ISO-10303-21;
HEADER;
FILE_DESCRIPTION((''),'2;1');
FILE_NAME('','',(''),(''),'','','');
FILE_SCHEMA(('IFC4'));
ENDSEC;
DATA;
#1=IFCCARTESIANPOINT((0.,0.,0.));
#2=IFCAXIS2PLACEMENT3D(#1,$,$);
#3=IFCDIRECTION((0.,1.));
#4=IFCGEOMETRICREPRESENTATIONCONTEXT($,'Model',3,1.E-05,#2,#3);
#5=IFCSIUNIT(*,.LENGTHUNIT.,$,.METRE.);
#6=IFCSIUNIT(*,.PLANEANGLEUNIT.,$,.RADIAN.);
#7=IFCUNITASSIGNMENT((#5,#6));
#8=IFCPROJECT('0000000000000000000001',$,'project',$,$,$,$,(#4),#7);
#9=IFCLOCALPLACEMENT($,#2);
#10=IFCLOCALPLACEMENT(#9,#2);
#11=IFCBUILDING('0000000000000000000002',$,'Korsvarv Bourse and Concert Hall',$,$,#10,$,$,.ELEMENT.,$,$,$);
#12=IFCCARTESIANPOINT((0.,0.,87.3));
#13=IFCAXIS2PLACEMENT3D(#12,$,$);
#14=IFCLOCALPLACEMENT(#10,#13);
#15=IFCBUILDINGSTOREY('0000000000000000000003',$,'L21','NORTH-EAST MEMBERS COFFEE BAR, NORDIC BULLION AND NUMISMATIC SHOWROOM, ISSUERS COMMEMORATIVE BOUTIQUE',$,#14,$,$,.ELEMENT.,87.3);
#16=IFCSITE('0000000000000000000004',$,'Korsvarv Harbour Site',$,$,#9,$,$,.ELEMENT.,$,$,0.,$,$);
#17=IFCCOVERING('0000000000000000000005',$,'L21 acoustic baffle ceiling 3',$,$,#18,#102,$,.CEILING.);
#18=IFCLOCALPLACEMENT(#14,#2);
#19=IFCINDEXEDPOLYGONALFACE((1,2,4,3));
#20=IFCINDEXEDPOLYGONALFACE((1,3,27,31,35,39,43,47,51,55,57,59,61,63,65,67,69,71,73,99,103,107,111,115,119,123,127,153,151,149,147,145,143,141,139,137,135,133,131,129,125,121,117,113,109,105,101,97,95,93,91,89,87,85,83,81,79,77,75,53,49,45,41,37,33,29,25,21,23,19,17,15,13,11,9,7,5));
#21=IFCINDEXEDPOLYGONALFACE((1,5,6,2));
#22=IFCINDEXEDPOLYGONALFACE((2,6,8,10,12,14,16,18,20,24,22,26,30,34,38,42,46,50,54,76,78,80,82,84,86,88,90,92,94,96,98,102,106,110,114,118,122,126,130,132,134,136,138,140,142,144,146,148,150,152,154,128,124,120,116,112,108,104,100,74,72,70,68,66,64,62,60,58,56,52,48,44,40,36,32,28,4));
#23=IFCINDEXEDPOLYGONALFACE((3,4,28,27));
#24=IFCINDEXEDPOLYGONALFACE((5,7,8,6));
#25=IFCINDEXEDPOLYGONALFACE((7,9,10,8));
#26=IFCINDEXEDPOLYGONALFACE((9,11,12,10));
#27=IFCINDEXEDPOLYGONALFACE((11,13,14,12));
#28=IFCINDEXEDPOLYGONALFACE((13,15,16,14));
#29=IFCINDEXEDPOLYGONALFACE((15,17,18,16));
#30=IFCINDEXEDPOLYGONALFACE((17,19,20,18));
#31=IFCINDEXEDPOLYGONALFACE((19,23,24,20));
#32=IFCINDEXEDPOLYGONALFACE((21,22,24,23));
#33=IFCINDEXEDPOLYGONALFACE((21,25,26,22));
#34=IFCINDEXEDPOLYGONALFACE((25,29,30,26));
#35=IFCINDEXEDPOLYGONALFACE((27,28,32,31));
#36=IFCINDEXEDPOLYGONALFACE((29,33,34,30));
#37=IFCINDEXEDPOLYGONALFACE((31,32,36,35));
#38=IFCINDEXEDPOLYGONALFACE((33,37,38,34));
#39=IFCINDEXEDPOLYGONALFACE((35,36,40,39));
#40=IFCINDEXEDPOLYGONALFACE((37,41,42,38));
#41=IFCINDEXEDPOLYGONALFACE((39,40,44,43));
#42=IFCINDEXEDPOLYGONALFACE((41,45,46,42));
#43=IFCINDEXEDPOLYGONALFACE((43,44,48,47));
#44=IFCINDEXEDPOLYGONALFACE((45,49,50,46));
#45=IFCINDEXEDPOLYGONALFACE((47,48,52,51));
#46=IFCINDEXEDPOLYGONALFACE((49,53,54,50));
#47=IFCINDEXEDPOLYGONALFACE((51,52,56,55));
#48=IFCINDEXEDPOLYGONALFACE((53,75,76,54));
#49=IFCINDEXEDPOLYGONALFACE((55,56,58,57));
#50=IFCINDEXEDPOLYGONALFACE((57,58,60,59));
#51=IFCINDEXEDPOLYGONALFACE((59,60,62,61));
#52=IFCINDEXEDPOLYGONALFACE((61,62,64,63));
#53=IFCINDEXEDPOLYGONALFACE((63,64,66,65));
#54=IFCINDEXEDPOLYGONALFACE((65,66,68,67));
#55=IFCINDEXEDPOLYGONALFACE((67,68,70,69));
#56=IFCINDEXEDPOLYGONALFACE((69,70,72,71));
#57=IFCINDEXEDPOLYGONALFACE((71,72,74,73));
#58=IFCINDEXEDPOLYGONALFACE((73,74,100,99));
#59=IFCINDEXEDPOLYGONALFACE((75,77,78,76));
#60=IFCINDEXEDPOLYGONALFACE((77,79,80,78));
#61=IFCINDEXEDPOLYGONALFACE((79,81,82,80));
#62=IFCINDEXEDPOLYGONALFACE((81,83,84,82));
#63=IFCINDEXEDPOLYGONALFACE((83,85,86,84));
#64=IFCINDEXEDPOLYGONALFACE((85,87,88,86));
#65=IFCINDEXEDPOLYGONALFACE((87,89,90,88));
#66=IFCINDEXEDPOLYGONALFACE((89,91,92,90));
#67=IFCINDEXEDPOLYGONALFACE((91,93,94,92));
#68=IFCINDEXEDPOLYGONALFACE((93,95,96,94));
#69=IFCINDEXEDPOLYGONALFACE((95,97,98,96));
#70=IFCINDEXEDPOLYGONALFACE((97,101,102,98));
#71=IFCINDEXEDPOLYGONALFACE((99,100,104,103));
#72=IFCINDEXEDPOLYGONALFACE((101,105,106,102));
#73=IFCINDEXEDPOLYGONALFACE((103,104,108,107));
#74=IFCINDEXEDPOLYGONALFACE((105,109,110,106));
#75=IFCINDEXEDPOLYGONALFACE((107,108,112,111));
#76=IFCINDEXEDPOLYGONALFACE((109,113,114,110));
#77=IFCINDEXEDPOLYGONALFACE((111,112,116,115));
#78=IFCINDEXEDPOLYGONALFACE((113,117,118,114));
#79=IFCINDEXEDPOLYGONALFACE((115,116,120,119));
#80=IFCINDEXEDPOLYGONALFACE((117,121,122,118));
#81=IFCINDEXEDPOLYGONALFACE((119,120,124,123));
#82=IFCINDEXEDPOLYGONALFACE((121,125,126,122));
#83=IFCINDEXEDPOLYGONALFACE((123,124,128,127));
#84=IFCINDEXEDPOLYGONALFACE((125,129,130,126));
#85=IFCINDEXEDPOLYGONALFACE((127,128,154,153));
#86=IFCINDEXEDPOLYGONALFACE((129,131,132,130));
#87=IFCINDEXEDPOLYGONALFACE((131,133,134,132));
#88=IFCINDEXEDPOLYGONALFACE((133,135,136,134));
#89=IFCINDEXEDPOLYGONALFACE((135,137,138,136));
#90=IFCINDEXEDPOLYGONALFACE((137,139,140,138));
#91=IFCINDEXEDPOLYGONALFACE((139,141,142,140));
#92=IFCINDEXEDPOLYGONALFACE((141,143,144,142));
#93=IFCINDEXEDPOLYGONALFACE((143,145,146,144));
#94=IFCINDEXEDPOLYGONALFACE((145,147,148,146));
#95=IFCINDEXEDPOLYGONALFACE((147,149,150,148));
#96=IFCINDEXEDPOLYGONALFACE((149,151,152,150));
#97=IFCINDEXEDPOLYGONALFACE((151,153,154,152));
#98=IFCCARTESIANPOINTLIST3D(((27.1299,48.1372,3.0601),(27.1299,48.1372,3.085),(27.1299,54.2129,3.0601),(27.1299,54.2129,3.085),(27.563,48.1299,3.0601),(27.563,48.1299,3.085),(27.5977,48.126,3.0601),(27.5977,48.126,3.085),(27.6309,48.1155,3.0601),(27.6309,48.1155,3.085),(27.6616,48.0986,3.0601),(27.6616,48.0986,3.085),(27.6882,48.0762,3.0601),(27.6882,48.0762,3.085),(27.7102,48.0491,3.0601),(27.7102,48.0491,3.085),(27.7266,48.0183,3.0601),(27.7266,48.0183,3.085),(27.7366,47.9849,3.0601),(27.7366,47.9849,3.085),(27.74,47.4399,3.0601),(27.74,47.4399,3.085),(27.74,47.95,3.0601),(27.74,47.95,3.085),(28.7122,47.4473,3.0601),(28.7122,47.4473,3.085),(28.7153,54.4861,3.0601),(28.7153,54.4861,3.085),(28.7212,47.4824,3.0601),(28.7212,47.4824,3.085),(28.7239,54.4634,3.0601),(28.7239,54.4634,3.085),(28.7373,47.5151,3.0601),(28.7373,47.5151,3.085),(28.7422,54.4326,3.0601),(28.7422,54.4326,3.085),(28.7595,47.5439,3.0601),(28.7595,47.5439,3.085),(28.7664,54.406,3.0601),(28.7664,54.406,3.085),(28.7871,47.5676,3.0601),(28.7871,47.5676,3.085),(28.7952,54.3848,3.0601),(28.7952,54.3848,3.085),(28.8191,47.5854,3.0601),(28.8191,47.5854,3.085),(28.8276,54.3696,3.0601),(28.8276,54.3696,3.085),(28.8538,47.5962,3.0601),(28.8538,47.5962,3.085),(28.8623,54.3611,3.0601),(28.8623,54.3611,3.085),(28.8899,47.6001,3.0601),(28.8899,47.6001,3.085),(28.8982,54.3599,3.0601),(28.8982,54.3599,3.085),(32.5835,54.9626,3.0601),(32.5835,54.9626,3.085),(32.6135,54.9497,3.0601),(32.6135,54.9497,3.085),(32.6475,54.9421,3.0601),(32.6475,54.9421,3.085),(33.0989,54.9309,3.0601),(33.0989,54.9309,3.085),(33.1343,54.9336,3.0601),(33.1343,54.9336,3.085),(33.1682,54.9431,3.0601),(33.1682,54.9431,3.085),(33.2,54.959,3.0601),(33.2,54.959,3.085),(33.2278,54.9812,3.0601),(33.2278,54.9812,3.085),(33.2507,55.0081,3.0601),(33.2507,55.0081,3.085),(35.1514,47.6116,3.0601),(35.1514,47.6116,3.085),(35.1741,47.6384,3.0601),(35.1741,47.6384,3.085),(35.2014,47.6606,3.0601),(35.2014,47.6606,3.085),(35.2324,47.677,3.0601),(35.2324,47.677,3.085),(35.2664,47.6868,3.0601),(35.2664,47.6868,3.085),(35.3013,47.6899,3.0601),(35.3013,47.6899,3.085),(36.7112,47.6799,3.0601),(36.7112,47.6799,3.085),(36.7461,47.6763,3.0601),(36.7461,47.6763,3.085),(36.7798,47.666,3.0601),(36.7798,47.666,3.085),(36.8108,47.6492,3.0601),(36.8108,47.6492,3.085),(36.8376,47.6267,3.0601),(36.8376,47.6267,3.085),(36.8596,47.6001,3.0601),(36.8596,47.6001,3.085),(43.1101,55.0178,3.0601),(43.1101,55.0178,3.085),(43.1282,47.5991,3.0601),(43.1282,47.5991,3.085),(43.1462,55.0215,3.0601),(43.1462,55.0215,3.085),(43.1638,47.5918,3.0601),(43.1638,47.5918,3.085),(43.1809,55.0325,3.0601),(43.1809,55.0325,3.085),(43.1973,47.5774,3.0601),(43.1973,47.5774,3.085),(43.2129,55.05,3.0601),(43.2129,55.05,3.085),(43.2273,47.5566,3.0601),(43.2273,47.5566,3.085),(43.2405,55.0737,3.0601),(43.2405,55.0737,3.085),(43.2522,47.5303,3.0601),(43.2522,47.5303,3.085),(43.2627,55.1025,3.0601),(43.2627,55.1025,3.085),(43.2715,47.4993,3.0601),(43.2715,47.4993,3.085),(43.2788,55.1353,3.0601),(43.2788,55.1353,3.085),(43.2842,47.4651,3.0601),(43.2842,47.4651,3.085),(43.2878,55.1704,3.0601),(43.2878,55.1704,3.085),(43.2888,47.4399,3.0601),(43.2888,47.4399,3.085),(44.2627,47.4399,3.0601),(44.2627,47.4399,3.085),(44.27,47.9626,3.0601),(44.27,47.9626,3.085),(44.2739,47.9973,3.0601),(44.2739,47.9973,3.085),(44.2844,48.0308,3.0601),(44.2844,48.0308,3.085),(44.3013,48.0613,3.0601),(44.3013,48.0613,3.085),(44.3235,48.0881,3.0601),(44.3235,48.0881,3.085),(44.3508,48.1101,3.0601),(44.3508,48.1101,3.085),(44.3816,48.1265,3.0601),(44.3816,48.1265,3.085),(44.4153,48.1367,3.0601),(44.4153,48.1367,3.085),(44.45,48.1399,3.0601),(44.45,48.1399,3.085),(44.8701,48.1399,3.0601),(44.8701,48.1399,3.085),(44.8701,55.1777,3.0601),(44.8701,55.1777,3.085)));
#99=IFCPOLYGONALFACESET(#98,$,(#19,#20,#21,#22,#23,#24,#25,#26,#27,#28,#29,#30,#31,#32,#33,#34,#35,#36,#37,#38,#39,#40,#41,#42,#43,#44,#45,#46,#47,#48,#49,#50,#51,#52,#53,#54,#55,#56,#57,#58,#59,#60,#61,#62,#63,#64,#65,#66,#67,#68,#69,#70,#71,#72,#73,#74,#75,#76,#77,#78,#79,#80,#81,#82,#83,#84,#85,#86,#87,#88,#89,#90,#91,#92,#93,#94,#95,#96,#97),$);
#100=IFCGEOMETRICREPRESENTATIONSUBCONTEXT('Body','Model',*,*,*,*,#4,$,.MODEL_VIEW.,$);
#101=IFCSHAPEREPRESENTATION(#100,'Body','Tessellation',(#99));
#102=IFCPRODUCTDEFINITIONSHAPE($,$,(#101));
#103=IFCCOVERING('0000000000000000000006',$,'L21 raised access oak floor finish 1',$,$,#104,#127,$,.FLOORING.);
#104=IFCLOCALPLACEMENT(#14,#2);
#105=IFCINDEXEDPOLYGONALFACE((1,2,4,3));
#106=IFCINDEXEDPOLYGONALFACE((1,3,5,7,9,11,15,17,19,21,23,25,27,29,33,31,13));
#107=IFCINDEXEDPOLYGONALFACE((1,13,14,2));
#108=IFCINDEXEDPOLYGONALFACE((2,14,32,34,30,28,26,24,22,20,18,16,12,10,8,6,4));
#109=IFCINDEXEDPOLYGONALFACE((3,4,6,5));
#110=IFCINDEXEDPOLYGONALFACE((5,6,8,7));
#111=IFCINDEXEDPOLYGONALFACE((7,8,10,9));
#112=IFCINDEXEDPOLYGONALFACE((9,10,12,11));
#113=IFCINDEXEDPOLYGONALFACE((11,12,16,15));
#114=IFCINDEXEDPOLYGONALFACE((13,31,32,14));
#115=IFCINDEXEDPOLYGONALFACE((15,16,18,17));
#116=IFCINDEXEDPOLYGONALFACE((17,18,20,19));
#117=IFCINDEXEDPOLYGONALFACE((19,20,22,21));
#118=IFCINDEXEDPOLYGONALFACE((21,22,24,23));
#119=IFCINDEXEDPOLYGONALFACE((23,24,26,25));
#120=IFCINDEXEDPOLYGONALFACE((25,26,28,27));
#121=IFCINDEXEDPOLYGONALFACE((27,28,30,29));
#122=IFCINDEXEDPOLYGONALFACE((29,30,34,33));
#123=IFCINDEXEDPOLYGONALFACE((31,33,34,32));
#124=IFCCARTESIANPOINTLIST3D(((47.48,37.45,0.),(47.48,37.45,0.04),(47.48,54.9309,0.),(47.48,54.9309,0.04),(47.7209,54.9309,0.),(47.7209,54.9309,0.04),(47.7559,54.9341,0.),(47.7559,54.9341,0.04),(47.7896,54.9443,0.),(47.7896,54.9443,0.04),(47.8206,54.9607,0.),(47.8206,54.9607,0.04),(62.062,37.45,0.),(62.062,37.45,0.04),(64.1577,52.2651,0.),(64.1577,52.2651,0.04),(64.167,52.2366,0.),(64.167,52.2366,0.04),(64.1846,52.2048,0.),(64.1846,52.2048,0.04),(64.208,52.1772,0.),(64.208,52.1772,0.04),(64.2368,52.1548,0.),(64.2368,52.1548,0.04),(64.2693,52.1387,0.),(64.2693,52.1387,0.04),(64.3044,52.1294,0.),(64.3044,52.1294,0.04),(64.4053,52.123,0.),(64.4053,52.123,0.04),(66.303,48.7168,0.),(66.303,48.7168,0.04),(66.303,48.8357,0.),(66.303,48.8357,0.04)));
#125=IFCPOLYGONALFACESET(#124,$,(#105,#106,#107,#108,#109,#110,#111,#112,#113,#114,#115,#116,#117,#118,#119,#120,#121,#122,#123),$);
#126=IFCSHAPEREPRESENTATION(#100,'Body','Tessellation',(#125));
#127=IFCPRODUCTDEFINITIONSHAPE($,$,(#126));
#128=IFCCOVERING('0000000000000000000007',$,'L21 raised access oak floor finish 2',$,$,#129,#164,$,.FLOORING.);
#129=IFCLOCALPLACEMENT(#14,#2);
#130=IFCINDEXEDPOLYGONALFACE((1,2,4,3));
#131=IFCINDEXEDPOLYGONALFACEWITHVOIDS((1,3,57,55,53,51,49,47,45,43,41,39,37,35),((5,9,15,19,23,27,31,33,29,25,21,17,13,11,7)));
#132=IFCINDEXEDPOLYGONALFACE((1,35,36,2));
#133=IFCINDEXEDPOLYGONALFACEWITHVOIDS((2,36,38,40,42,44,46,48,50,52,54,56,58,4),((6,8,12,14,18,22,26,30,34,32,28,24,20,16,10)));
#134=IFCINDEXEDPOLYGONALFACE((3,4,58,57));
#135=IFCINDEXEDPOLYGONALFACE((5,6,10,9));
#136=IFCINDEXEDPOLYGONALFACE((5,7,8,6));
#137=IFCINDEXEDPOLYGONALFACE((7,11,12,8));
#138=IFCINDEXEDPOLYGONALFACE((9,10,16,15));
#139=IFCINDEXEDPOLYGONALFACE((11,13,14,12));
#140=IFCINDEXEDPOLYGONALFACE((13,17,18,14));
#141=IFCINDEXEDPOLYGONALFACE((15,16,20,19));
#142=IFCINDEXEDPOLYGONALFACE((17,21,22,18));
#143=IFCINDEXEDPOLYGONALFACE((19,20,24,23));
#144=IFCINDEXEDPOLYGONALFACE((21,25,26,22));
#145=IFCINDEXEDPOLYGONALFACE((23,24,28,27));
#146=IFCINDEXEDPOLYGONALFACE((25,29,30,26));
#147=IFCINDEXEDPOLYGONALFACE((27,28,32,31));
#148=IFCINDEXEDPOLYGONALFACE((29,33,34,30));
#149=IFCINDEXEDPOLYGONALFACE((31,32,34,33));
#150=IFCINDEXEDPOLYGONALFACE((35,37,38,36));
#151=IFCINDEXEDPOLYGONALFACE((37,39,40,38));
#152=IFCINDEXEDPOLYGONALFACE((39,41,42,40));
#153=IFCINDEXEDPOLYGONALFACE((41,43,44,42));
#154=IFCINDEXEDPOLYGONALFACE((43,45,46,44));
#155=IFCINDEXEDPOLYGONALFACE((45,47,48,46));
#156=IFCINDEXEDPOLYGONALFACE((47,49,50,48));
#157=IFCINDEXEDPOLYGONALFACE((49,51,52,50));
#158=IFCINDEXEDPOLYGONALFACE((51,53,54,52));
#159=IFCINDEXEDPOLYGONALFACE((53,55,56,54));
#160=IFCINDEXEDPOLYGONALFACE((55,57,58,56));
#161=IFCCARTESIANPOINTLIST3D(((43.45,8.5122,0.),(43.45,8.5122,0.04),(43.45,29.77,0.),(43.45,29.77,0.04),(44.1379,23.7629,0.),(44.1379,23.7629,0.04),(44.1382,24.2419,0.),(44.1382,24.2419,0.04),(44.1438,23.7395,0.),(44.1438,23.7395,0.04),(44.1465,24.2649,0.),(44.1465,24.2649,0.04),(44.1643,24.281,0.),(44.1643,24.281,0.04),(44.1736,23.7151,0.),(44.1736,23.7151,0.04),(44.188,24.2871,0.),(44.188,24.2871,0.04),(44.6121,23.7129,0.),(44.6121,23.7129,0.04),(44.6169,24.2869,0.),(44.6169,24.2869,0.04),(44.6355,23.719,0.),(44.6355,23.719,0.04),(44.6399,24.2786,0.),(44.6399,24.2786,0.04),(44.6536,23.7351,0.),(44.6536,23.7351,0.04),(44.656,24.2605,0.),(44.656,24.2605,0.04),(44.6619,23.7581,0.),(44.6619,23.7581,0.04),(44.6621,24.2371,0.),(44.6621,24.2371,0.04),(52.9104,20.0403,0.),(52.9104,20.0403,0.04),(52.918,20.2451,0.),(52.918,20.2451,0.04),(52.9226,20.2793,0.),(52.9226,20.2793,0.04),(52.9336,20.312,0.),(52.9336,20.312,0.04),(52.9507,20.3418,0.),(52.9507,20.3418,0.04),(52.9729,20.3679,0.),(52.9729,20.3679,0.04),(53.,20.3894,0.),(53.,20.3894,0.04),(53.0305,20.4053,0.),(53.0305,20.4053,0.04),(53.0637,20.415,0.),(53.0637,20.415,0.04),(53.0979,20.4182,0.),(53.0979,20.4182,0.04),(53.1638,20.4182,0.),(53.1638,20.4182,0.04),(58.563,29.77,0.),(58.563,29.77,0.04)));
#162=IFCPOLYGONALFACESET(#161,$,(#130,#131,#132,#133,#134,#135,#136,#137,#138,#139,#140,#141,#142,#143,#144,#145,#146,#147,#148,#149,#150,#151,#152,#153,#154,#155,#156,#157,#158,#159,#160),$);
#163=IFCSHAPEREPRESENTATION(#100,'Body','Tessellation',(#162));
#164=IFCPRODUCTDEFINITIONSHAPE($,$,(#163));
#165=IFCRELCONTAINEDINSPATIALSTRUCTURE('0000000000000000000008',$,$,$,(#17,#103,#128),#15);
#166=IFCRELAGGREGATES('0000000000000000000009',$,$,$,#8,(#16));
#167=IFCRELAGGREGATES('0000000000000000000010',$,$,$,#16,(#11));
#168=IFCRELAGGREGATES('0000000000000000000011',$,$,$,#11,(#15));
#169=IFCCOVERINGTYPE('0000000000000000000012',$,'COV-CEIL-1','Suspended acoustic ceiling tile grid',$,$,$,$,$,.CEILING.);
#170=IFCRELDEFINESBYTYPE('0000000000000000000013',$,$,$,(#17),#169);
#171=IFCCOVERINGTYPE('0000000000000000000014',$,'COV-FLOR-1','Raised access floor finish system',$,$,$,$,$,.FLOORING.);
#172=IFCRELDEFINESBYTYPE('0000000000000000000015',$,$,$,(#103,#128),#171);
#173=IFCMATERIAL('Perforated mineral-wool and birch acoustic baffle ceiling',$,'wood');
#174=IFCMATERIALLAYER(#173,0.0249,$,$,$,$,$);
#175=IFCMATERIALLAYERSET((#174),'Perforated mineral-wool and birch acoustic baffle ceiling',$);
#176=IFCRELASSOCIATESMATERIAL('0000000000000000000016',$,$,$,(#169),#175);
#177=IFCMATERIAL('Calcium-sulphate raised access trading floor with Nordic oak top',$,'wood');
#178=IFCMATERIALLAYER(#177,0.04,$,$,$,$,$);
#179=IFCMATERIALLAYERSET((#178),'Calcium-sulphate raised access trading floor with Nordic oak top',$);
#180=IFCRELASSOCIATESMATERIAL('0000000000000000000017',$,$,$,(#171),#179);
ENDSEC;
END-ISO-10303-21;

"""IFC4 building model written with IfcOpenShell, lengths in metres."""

from ifc_helpers import new_model, si_unit, direction, frame, origin, place, context, subcontext, project, spatial, polyline, outline, extrude, material, layer, layer_set, type_object, element, save


model = new_model("IFC4")

# Units and contexts
model_context = context("Model", 3, precision=1e-05, world=origin(), true_north=direction((0.0, 1.0)))
body_context = subcontext(model_context, "Body", "Model", "MODEL_VIEW")
ifc_project = project(units=[si_unit("LENGTHUNIT", "METRE"), si_unit("PLANEANGLEUNIT", "RADIAN")], contexts=[model_context])

# Site, building, storey
site_placement = place(None, origin())
site = spatial("IfcSite", under=ifc_project, at=site_placement, Name="Korsvarv Harbour Site", CompositionType="ELEMENT", RefElevation=0.0)
building_placement = place(site_placement, origin())
building = spatial("IfcBuilding", under=site, at=building_placement, Name="Korsvarv Bourse and Concert Hall", CompositionType="ELEMENT")
storey_placement = place(building_placement, frame((0.0, 0.0, 87.3)))
storey = spatial("IfcBuildingStorey", under=building, at=storey_placement, Name="L21", Description="NORTH-EAST MEMBERS COFFEE BAR, NORDIC BULLION AND NUMISMATIC SHOWROOM, ISSUERS COMMEMORATIVE BOUTIQUE", CompositionType="ELEMENT", Elevation=87.3)

# Coverings
ifc_material_1 = material(Name="Perforated mineral-wool and birch acoustic baffle ceiling", Category="wood")
ifc_layer_1 = layer(ifc_material_1, 0.0249)
ifc_layer_set_1 = layer_set([ifc_layer_1], Name="Perforated mineral-wool and birch acoustic baffle ceiling")
covering_type_1 = type_object("IfcCoveringType", Name="COV-CEIL-1", Description="Suspended acoustic ceiling tile grid", PredefinedType="CEILING", material=ifc_layer_set_1)
covering_1_placement = place(storey_placement, frame((0.0, 0.0, 3.0601)))
element("IfcCovering", 1, at=covering_1_placement, inside=storey, type_object=covering_type_1, Name="L21 acoustic baffle ceiling 3", PredefinedType="CEILING", context=body_context, shape_type="SweptSolid", body=[
    extrude(outline(polyline([(28.7153, 54.4861), (28.7239, 54.4634), (28.7422, 54.4326), (28.7664, 54.406), (28.7952, 54.3848), (28.8276, 54.3696), (28.8623, 54.3611), (28.8982, 54.3599), (32.5835, 54.9626), (32.6135, 54.9497), (32.6475, 54.9421), (33.0989, 54.9309), (33.1343, 54.9336), (33.1682, 54.9431), (33.2, 54.959), (33.2278, 54.9812), (33.2507, 55.0081), (43.1101, 55.0178), (43.1462, 55.0215), (43.1809, 55.0325), (43.2129, 55.05), (43.2405, 55.0737), (43.2627, 55.1025), (43.2788, 55.1353), (43.2878, 55.1704), (44.8701, 55.1777), (44.8701, 48.1399), (44.45, 48.1399), (44.4153, 48.1367), (44.3816, 48.1265), (44.3508, 48.1101), (44.3235, 48.0881), (44.3013, 48.0613), (44.2844, 48.0308), (44.2739, 47.9973), (44.27, 47.9626), (44.2627, 47.4399), (43.2888, 47.4399), (43.2842, 47.4651), (43.2715, 47.4993), (43.2522, 47.5303), (43.2273, 47.5566), (43.1973, 47.5774), (43.1638, 47.5918), (43.1282, 47.5991), (36.8596, 47.6001), (36.8376, 47.6267), (36.8108, 47.6492), (36.7798, 47.666), (36.7461, 47.6763), (36.7112, 47.6799), (35.3013, 47.6899), (35.2664, 47.6868), (35.2324, 47.677), (35.2014, 47.6606), (35.1741, 47.6384), (35.1514, 47.6116), (28.8899, 47.6001), (28.8538, 47.5962), (28.8191, 47.5854), (28.7871, 47.5676), (28.7595, 47.5439), (28.7373, 47.5151), (28.7212, 47.4824), (28.7122, 47.4473), (27.74, 47.4399), (27.74, 47.95), (27.7366, 47.9849), (27.7266, 48.0183), (27.7102, 48.0491), (27.6882, 48.0762), (27.6616, 48.0986), (27.6309, 48.1155), (27.5977, 48.126), (27.563, 48.1299), (27.1299, 48.1372), (27.1299, 54.2129), (28.7153, 54.4861)])), origin(), (0.0, 0.0, 1.0), 0.0249),
])
ifc_material_2 = material(Name="Calcium-sulphate raised access trading floor with Nordic oak top", Category="wood")
ifc_layer_2 = layer(ifc_material_2, 0.04)
ifc_layer_set_2 = layer_set([ifc_layer_2], Name="Calcium-sulphate raised access trading floor with Nordic oak top")
covering_type_2 = type_object("IfcCoveringType", Name="COV-FLOR-1", Description="Raised access floor finish system", PredefinedType="FLOORING", material=ifc_layer_set_2)
covering_2_placement = place(storey_placement, origin())
element("IfcCovering", 2, at=covering_2_placement, inside=storey, type_object=covering_type_2, Name="L21 raised access oak floor finish 1", PredefinedType="FLOORING", context=body_context, shape_type="SweptSolid", body=[
    extrude(outline(polyline([(64.1577, 52.2651), (64.167, 52.2366), (64.1846, 52.2048), (64.208, 52.1772), (64.2368, 52.1548), (64.2693, 52.1387), (64.3044, 52.1294), (64.4053, 52.123), (66.303, 48.8357), (66.303, 48.7168), (62.062, 37.45), (47.48, 37.45), (47.48, 54.9309), (47.7209, 54.9309), (47.7559, 54.9341), (47.7896, 54.9443), (47.8206, 54.9607), (64.1577, 52.2651)])), origin(), (0.0, 0.0, 1.0), 0.04),
])
covering_3_placement = place(storey_placement, origin())
element("IfcCovering", 3, at=covering_3_placement, inside=storey, type_object=covering_type_2, Name="L21 raised access oak floor finish 2", PredefinedType="FLOORING", context=body_context, shape_type="SweptSolid", body=[
    extrude(outline(polyline([(53.0979, 20.4182), (53.0637, 20.415), (53.0305, 20.4053), (53.0, 20.3894), (52.9729, 20.3679), (52.9507, 20.3418), (52.9336, 20.312), (52.9226, 20.2793), (52.918, 20.2451), (52.9104, 20.0403), (43.45, 8.5122), (43.45, 29.77), (58.563, 29.77), (53.1638, 20.4182), (53.0979, 20.4182)]), holes=[polyline([(44.1736, 23.7151), (44.6121, 23.7129), (44.6355, 23.719), (44.6536, 23.7351), (44.6619, 23.7581), (44.6621, 24.2371), (44.656, 24.2605), (44.6399, 24.2786), (44.6169, 24.2869), (44.188, 24.2871), (44.1643, 24.281), (44.1465, 24.2649), (44.1382, 24.2419), (44.1379, 23.7629), (44.1438, 23.7395), (44.1736, 23.7151)])]), origin(), (0.0, 0.0, 1.0), 0.04),
])

save(model, "model.ifc")
